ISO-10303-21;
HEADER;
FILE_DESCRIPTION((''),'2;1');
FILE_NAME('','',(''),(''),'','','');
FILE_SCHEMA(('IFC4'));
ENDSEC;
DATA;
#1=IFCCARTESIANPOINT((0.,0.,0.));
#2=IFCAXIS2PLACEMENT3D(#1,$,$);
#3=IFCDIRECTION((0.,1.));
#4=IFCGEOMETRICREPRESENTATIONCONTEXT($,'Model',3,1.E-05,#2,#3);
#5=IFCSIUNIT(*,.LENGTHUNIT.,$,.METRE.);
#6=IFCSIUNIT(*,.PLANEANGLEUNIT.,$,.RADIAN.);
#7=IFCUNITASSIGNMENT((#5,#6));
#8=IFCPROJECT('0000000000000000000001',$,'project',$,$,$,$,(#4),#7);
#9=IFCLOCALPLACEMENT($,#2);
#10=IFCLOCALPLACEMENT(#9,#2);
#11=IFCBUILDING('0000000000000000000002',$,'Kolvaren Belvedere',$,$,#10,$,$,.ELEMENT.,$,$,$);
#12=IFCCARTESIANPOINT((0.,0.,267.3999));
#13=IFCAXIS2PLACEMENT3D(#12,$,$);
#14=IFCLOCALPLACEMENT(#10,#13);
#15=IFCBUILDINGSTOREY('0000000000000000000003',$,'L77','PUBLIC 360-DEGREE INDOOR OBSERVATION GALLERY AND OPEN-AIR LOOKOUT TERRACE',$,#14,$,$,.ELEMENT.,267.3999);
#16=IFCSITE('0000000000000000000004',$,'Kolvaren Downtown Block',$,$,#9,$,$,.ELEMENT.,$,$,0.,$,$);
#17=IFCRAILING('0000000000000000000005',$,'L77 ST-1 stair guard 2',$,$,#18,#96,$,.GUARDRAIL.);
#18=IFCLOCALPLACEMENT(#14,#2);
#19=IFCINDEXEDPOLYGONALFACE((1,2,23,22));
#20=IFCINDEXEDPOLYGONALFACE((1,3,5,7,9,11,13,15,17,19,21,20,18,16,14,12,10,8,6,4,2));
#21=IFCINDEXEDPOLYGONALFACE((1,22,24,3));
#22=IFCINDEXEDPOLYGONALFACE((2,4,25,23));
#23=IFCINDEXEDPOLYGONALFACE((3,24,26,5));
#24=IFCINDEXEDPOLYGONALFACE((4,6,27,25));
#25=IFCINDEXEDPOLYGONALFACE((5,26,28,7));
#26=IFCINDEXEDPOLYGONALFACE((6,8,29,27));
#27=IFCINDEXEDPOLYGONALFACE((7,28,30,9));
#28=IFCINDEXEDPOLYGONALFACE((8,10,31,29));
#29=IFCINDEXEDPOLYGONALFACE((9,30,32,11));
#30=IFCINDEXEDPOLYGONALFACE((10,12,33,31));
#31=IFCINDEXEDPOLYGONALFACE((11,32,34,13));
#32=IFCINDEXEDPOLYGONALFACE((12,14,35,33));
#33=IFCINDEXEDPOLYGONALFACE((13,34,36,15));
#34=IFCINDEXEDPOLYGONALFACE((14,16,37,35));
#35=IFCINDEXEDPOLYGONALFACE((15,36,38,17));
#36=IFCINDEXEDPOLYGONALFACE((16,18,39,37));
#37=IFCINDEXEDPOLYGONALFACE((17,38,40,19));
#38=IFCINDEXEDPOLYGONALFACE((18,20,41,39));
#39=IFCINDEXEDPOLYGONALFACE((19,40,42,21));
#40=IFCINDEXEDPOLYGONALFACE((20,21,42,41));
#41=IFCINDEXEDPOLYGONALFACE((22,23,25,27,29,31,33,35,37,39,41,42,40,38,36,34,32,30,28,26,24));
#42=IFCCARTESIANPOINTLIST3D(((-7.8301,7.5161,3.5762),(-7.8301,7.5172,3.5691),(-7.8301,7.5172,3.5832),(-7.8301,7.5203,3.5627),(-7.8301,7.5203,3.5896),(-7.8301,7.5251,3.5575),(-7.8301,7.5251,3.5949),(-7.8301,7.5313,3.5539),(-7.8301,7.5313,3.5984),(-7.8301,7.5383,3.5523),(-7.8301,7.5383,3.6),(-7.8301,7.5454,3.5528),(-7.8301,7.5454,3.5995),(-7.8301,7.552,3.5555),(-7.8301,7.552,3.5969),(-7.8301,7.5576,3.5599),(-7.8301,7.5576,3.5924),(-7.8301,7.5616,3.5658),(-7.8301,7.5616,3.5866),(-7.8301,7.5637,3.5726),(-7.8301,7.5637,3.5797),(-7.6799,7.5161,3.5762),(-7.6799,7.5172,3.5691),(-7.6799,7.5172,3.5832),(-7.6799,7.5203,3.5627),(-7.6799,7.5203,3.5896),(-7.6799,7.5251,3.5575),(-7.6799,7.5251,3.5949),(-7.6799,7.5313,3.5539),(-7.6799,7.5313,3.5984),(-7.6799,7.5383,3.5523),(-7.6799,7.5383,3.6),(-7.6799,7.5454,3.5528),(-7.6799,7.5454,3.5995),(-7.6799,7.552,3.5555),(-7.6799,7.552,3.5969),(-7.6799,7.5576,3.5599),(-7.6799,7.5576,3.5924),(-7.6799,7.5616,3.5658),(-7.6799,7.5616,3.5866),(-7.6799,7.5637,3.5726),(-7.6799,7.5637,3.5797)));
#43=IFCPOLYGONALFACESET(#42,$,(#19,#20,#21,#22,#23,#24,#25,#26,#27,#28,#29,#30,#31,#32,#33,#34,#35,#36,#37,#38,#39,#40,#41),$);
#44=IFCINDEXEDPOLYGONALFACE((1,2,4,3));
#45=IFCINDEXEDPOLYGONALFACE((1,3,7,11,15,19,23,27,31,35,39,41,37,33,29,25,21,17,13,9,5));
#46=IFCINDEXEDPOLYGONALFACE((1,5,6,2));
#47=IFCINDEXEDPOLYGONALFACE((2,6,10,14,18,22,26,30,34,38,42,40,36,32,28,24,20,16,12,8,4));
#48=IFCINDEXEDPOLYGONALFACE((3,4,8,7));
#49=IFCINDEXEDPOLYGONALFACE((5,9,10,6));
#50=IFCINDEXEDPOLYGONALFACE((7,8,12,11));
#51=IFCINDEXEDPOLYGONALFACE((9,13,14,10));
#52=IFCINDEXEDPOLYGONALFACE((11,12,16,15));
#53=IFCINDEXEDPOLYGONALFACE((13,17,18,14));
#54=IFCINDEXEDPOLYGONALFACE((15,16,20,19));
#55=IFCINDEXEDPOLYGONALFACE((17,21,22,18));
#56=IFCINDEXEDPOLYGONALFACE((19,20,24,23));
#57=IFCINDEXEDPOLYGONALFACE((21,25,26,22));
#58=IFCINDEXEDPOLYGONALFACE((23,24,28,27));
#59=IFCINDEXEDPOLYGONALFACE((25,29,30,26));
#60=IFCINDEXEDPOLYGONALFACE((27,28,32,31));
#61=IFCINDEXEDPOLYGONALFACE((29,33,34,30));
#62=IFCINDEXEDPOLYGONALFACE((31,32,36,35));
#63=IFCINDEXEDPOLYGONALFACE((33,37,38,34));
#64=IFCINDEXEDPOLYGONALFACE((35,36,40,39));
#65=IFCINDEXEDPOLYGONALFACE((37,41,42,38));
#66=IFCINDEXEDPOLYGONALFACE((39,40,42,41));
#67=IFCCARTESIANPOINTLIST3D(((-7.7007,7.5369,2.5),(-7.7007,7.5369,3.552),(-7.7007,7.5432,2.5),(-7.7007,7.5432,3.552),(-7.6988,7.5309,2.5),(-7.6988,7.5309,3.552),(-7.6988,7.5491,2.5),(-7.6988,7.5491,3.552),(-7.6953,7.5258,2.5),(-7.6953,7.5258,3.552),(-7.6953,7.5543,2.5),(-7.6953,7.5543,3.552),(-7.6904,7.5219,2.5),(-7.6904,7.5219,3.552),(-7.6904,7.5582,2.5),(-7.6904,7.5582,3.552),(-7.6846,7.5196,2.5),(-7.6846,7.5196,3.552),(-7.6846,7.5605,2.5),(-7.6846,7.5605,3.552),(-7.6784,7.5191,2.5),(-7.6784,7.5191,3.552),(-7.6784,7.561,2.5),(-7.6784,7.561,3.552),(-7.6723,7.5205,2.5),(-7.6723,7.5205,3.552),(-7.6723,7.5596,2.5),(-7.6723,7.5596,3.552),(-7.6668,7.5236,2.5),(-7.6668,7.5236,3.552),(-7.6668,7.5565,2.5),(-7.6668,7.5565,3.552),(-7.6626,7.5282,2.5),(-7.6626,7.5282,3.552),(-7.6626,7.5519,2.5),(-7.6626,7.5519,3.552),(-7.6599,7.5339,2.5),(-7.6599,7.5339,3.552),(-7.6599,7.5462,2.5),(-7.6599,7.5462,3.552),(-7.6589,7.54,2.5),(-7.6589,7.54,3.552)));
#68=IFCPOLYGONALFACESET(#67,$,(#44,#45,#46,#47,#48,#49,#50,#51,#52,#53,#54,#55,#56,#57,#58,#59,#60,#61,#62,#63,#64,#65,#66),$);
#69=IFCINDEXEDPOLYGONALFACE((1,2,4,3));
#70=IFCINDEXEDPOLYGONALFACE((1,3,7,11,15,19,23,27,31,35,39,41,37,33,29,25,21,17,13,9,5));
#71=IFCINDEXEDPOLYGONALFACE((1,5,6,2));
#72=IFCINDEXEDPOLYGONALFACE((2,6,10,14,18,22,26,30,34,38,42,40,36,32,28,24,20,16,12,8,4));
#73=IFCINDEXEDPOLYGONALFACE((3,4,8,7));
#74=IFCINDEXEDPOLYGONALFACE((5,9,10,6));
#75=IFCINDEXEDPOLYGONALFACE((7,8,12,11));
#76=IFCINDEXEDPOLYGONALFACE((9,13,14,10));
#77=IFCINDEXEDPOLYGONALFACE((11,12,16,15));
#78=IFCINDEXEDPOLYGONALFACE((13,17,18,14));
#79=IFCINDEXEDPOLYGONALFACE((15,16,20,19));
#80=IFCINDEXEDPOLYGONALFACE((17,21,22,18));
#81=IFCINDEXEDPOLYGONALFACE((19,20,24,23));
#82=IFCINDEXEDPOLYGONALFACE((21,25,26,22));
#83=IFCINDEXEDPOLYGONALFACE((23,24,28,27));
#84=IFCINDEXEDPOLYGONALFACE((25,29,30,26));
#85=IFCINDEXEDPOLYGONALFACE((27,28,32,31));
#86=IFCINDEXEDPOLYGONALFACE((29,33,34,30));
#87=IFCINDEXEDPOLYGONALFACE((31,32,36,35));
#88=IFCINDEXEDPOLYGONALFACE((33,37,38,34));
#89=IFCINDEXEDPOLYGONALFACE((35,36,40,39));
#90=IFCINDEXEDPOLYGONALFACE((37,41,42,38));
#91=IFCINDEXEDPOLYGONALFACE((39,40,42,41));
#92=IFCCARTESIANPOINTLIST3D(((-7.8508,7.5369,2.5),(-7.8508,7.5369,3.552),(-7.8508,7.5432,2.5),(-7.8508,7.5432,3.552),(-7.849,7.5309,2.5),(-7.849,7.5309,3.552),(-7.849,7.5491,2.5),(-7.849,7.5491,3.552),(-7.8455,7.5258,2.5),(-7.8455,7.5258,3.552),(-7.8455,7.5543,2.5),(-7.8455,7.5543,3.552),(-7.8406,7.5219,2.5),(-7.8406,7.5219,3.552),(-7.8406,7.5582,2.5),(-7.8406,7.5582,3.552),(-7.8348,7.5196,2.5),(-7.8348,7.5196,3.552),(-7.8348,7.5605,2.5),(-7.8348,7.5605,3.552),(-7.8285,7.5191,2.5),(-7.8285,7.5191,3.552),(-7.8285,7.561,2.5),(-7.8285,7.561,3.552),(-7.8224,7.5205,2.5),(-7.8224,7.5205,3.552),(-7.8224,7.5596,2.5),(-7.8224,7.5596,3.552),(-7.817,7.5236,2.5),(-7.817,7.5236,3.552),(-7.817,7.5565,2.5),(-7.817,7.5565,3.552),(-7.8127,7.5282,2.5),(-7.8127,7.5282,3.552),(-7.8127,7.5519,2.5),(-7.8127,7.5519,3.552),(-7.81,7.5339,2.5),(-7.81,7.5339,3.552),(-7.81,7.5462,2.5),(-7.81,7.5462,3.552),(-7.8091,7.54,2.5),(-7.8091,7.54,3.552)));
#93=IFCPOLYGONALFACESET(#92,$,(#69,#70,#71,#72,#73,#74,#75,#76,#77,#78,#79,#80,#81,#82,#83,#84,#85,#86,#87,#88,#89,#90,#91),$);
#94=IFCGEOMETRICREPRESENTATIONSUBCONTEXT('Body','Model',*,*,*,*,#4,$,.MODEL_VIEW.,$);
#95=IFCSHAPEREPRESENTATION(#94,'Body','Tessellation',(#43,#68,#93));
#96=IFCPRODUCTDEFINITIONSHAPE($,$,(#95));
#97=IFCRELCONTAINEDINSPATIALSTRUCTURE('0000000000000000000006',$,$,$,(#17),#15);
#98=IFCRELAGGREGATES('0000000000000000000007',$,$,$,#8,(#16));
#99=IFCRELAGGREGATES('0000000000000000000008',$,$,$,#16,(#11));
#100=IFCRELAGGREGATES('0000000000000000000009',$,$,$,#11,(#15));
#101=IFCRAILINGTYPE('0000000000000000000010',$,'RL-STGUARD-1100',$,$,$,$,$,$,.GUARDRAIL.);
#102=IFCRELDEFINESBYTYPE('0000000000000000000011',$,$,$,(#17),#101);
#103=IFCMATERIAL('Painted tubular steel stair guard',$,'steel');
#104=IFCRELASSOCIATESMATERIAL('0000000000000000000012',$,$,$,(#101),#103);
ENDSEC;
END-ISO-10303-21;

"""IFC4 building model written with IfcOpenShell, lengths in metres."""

from ifc_helpers import new_model, si_unit, direction, frame, origin, origin_2d, place, context, subcontext, project, spatial, circle, extrude, material, type_object, element, save


model = new_model("IFC4")

# Units and contexts
model_context = context("Model", 3, precision=1e-05, world=origin(), true_north=direction((0.0, 1.0)))
body_context = subcontext(model_context, "Body", "Model", "MODEL_VIEW")
ifc_project = project(units=[si_unit("LENGTHUNIT", "METRE"), si_unit("PLANEANGLEUNIT", "RADIAN")], contexts=[model_context])

# Site, building, storey
site_placement = place(None, origin())
site = spatial("IfcSite", under=ifc_project, at=site_placement, Name="Kolvaren Downtown Block", CompositionType="ELEMENT", RefElevation=0.0)
building_placement = place(site_placement, origin())
building = spatial("IfcBuilding", under=site, at=building_placement, Name="Kolvaren Belvedere", CompositionType="ELEMENT")
storey_placement = place(building_placement, frame((0.0, 0.0, 267.3999)))
storey = spatial("IfcBuildingStorey", under=building, at=storey_placement, Name="L77", Description="PUBLIC 360-DEGREE INDOOR OBSERVATION GALLERY AND OPEN-AIR LOOKOUT TERRACE", CompositionType="ELEMENT", Elevation=267.3999)

# Railing
ifc_material_1 = material(Name="Painted tubular steel stair guard", Category="steel")
railing_type_1 = type_object("IfcRailingType", Name="RL-STGUARD-1100", PredefinedType="GUARDRAIL", material=ifc_material_1)
railing_1_placement = place(storey_placement, frame((-7.6799, 7.54, 2.5)))
element("IfcRailing", 1, at=railing_1_placement, inside=storey, type_object=railing_type_1, Name="L77 ST-1 stair guard 2", PredefinedType="GUARDRAIL", context=body_context, shape_type="SweptSolid", body=[
    extrude(circle(Radius=0.0239, at=origin_2d()), frame((0.0, 0.0, 1.0762), z_axis=(-1.0, 0.0, 0.0), x_axis=(0.0, -1.0, 0.0)), (0.0, 0.0, 1.0), 0.1501),
    extrude(circle(Radius=0.021, at=origin_2d()), origin(), (0.0, 0.0, 1.0), 1.052),
    extrude(circle(Radius=0.021, at=origin_2d()), frame((-0.1501, 0.0, 0.0)), (0.0, 0.0, 1.0), 1.052),
])

save(model, "model.ifc")
